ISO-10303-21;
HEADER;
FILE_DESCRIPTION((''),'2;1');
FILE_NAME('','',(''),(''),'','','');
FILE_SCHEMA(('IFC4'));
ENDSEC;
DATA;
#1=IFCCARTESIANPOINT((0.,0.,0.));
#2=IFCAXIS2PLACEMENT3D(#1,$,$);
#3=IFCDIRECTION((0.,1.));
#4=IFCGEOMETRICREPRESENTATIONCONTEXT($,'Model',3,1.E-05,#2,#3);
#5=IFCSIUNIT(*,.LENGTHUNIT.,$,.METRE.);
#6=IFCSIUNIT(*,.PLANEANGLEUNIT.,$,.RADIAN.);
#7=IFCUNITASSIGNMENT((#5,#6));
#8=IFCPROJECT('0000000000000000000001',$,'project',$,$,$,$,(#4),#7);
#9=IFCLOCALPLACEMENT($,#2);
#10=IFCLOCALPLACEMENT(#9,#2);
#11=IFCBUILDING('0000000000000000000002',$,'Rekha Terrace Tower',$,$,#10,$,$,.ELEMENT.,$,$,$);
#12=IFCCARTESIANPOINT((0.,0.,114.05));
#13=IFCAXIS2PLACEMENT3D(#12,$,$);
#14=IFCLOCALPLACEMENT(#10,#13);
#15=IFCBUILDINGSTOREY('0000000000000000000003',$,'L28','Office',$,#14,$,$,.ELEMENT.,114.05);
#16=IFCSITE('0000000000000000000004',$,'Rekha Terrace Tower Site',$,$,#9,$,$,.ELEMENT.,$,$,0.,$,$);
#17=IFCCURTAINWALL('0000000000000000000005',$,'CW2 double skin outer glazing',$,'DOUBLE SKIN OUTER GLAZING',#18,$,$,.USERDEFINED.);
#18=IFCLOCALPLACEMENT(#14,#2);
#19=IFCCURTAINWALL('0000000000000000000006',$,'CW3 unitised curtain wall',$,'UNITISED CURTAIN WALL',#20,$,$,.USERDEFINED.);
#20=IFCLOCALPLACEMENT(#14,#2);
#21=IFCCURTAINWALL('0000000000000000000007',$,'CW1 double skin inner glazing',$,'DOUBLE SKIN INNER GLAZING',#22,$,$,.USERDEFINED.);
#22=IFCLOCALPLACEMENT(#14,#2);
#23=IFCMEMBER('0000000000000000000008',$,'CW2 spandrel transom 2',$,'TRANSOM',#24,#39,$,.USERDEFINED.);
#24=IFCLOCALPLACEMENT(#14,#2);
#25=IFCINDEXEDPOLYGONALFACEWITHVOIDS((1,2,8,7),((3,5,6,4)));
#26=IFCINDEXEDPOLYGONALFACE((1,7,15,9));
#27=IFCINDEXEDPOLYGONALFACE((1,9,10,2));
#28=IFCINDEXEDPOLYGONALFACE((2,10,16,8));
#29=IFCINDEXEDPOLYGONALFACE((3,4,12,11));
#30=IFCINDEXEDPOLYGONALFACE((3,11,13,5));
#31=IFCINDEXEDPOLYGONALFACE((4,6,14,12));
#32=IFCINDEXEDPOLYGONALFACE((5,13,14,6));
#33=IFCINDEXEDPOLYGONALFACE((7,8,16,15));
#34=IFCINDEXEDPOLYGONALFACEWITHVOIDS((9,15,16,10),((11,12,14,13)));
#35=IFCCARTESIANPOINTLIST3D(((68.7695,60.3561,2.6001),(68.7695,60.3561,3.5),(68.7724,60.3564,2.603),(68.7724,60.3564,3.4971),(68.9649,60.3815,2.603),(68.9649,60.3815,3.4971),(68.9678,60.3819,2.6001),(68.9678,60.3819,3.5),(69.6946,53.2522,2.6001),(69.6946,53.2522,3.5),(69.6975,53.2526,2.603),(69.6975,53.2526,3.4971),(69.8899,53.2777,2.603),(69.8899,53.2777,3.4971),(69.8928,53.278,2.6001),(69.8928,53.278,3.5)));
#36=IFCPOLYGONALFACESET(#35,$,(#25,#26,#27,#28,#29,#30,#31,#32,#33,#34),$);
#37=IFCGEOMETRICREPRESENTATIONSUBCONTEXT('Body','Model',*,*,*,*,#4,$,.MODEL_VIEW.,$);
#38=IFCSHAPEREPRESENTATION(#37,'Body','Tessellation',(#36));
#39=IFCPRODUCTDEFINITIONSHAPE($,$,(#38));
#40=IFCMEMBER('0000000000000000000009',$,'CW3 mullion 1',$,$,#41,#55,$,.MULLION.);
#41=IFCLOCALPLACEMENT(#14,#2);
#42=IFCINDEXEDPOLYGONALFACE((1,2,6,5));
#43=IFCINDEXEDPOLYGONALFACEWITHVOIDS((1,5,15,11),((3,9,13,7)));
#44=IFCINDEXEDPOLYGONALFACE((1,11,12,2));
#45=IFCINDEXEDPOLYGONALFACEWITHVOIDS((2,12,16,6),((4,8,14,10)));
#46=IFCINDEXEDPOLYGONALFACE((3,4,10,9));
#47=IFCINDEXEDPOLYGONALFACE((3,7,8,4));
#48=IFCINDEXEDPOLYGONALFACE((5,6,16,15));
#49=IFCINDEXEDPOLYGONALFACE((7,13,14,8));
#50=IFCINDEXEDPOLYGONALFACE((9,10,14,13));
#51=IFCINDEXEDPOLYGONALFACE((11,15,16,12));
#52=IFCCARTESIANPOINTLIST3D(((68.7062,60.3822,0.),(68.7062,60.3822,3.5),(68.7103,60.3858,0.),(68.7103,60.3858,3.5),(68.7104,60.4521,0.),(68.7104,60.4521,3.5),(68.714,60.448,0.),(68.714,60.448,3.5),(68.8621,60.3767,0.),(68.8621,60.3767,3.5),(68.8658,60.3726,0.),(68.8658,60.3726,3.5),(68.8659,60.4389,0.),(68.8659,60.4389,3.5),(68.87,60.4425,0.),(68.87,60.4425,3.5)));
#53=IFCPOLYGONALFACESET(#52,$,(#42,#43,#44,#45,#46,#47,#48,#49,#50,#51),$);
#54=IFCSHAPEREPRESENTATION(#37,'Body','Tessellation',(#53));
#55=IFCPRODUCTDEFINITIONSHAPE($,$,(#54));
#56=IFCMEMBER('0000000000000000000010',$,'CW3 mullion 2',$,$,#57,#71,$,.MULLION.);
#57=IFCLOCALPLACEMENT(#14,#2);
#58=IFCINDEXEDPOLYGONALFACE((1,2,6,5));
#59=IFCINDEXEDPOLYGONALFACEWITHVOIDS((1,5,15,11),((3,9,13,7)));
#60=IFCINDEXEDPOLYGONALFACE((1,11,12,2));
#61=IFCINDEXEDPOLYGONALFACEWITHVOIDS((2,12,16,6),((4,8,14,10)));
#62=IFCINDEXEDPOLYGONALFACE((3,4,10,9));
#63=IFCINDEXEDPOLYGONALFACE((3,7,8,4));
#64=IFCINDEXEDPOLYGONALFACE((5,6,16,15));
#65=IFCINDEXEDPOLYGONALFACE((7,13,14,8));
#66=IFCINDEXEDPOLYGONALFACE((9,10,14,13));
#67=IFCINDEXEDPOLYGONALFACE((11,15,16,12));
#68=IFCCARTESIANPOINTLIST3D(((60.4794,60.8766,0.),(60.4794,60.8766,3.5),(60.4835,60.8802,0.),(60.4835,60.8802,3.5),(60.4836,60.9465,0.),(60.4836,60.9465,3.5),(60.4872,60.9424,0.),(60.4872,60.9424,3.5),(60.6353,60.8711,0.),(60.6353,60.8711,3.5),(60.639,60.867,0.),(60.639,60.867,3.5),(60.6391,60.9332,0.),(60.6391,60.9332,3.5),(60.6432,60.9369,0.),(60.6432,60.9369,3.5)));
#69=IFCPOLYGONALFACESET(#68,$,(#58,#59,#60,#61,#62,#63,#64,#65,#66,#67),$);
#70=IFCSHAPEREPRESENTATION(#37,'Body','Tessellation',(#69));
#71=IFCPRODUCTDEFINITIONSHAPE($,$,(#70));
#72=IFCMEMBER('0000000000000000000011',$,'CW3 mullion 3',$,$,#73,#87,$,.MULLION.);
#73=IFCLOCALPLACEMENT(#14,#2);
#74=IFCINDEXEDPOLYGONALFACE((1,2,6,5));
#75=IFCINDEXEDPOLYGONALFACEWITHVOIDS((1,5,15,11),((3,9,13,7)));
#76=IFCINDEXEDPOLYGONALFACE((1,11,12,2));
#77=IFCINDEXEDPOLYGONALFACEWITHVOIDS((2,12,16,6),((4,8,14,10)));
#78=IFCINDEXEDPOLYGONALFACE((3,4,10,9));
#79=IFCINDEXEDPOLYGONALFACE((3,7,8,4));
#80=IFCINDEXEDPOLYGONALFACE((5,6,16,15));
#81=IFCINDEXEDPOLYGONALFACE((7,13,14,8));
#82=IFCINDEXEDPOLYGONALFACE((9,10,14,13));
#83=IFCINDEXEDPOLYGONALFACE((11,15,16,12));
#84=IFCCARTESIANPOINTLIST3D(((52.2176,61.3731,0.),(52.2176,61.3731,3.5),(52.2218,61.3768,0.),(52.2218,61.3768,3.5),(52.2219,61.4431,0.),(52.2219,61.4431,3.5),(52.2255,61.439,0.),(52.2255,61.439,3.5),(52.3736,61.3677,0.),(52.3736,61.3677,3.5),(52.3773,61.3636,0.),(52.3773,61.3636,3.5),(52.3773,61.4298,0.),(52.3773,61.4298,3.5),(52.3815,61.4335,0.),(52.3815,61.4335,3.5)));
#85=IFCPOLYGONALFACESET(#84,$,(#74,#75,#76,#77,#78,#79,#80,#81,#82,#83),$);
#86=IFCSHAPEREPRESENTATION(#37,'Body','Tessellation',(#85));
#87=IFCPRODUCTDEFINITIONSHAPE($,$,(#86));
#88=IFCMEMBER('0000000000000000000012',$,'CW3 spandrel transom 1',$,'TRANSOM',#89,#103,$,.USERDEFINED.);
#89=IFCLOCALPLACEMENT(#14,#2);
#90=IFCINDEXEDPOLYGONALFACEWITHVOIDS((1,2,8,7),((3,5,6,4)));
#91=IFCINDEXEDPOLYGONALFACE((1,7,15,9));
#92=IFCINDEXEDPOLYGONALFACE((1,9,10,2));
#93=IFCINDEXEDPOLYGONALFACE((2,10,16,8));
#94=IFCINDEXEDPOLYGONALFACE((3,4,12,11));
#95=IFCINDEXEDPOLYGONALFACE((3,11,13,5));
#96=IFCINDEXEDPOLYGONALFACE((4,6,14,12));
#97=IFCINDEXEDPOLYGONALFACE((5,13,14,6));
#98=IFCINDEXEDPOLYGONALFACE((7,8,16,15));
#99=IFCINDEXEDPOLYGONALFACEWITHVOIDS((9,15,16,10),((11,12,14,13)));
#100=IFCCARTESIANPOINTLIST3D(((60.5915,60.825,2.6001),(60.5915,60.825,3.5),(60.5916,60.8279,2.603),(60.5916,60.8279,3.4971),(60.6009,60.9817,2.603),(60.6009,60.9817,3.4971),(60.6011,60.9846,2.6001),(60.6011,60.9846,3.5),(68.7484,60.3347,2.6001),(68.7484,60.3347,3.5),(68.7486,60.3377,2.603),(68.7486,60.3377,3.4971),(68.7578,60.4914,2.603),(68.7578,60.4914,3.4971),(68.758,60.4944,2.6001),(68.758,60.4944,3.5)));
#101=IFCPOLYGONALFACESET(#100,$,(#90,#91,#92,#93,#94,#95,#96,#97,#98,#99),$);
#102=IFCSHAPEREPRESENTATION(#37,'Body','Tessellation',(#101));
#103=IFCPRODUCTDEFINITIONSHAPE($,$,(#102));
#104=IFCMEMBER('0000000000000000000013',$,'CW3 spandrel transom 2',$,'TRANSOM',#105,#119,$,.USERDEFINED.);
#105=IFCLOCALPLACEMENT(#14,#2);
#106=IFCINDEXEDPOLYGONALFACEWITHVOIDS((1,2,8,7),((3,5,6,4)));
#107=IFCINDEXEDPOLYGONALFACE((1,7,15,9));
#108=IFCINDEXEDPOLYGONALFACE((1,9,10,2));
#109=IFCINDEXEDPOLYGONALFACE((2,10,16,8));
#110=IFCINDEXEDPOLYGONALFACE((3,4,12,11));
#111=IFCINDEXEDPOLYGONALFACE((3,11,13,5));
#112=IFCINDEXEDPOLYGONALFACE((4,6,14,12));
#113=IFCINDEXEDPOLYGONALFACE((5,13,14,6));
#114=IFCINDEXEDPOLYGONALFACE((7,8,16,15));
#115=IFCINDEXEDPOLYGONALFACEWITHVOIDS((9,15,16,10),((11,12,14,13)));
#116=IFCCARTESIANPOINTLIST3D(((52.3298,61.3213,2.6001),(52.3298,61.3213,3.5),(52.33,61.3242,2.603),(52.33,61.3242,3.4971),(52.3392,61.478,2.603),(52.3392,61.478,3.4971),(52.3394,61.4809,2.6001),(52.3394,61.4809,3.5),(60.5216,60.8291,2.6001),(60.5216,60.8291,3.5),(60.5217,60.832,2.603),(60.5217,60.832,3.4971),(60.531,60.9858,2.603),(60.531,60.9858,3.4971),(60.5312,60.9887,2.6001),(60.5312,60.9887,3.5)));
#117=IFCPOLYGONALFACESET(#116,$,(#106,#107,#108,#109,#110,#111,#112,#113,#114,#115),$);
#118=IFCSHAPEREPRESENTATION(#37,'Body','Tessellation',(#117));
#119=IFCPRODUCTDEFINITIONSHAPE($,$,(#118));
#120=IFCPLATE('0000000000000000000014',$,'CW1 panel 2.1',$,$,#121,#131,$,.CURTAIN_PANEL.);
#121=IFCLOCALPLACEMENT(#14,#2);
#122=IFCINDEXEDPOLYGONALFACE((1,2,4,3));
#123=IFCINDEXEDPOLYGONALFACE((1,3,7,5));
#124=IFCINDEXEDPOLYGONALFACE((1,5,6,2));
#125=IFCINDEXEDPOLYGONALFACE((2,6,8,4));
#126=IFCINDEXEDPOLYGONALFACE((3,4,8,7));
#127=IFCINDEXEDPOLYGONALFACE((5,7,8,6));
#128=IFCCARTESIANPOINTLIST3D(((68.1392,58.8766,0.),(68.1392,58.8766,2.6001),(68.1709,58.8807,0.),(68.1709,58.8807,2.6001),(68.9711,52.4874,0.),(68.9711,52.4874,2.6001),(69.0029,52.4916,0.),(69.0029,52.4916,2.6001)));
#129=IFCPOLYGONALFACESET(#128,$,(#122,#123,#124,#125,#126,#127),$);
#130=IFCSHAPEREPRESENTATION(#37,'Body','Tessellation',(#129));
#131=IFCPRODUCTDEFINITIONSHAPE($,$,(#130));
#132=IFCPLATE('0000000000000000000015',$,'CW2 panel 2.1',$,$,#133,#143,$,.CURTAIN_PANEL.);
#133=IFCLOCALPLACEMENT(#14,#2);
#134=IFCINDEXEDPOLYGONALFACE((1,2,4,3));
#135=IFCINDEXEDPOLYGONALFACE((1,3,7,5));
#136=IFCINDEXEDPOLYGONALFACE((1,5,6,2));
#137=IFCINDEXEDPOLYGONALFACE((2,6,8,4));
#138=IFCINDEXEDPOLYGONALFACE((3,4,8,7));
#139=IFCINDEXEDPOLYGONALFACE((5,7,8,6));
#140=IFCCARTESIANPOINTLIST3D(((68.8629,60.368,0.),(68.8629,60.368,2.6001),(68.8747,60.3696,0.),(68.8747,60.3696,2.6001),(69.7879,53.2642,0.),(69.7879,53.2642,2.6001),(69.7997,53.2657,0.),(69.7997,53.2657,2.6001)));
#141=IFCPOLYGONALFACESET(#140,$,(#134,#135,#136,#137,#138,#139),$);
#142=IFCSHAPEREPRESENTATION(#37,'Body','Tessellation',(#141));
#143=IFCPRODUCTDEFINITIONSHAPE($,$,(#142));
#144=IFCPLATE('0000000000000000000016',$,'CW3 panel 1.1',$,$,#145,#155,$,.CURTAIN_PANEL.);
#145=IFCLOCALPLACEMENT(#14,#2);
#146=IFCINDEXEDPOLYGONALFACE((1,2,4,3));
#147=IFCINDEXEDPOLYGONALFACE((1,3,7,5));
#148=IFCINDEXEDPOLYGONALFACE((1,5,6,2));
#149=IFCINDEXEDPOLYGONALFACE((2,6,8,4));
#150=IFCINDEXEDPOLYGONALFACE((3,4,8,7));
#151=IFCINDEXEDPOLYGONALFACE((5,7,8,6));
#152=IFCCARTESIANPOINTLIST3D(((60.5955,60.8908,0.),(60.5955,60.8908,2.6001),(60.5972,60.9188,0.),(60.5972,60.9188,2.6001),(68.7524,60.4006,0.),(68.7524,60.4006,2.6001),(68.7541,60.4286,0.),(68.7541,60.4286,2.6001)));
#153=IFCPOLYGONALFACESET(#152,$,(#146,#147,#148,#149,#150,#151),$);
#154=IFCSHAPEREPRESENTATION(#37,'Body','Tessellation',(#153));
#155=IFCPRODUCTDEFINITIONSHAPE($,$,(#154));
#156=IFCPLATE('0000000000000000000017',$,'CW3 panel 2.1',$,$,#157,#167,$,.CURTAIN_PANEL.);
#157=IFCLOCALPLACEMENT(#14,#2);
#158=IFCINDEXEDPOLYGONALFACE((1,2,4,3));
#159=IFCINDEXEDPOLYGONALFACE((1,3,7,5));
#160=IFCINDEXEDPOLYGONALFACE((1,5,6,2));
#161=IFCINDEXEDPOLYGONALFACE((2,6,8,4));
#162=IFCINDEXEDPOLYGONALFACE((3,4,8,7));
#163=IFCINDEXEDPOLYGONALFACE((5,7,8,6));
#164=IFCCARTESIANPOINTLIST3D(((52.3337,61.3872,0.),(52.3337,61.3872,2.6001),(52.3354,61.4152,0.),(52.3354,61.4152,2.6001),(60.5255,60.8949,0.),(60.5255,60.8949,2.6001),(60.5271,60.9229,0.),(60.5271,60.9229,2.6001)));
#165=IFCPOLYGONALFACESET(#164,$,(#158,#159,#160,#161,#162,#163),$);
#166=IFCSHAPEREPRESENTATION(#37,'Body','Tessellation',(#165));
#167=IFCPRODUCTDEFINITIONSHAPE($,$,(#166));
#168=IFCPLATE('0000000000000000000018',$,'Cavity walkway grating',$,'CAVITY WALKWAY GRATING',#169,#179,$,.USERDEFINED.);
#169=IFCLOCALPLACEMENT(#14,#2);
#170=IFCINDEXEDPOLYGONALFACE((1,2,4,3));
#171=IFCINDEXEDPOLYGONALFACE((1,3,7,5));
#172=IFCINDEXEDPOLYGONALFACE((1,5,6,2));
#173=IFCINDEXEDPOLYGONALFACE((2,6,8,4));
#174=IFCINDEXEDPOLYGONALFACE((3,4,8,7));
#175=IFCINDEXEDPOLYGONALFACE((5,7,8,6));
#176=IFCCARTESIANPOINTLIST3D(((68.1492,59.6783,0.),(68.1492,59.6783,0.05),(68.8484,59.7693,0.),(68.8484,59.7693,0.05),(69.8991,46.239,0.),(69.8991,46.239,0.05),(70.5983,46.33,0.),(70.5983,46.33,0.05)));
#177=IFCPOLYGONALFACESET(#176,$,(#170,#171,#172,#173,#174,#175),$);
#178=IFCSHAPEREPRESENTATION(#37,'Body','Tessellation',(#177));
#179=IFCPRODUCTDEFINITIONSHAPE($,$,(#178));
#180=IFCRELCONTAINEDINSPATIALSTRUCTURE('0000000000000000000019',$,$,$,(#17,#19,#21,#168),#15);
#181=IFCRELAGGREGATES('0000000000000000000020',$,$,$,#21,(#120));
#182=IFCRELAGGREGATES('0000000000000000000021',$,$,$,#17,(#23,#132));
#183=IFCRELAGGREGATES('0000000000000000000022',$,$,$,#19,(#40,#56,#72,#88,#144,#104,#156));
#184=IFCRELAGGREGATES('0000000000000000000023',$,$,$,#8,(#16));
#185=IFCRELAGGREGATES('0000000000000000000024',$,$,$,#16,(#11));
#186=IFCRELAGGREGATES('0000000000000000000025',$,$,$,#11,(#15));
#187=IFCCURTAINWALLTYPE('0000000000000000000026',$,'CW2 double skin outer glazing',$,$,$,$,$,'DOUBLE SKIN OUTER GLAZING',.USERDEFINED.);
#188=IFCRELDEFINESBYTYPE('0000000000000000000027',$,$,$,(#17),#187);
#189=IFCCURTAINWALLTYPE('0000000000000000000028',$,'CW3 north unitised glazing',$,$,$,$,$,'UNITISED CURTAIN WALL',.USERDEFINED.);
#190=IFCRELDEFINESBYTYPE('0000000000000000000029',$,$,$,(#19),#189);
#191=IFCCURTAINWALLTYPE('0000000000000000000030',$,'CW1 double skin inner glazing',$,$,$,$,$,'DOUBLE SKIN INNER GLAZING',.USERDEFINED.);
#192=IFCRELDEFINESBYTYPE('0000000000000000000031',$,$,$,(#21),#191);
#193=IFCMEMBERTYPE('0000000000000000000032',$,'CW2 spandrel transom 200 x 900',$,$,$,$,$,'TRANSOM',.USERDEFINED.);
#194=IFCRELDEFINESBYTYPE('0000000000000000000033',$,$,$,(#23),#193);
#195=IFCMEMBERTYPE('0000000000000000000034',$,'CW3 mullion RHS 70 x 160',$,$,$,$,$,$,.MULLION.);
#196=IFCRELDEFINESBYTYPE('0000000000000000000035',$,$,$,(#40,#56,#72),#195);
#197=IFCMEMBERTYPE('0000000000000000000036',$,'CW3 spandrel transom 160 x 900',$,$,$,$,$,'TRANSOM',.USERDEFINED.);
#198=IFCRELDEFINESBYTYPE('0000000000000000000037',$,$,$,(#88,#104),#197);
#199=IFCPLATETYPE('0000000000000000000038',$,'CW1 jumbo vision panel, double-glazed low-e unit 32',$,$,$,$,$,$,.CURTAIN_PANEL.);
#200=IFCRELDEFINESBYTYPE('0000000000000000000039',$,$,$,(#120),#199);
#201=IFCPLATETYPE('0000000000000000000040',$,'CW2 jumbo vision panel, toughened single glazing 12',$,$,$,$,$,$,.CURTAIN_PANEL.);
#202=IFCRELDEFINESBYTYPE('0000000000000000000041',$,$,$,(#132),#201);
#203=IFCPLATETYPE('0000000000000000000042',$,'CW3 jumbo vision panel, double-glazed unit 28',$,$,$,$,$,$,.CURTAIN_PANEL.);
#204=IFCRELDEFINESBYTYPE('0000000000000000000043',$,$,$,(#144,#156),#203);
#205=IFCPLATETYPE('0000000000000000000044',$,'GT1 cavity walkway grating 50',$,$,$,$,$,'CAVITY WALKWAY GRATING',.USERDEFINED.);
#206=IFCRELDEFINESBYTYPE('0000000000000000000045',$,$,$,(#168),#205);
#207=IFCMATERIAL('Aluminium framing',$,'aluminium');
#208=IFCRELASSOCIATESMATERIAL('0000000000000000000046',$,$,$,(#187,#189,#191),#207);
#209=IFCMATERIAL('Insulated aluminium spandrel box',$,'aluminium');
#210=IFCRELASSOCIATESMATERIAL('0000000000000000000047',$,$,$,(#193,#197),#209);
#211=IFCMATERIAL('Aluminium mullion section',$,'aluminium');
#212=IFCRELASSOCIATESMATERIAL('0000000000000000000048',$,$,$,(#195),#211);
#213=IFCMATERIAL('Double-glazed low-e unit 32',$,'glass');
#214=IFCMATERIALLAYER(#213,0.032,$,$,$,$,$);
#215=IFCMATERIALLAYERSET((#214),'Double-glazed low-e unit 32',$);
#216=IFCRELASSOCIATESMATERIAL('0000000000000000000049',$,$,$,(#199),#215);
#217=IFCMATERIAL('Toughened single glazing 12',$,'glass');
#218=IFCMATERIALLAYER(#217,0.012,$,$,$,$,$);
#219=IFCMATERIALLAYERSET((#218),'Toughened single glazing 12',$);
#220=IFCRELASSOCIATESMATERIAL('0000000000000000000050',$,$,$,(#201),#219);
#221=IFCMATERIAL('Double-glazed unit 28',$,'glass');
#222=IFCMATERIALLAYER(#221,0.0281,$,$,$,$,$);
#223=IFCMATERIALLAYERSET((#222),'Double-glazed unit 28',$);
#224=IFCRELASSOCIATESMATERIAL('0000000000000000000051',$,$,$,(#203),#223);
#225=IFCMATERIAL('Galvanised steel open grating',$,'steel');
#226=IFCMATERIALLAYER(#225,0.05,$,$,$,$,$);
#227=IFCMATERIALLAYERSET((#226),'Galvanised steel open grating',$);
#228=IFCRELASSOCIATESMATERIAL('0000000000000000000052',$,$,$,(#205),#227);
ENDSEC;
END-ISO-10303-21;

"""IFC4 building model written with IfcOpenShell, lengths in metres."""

from ifc_helpers import new_model, si_unit, direction, frame, origin, origin_2d, place, context, subcontext, project, spatial, rectangle, hollow_rectangle, extrude, material, layer, layer_set, material_profile, profile_set, type_object, element, aggregate, save


model = new_model("IFC4")

# Units and contexts
model_context = context("Model", 3, precision=1e-05, world=origin(), true_north=direction((0.0, 1.0)))
body_context = subcontext(model_context, "Body", "Model", "MODEL_VIEW")
ifc_project = project(units=[si_unit("LENGTHUNIT", "METRE"), si_unit("PLANEANGLEUNIT", "RADIAN")], contexts=[model_context])

# Site, building, storey
site_placement = place(None, origin())
site = spatial("IfcSite", under=ifc_project, at=site_placement, Name="Rekha Terrace Tower Site", CompositionType="ELEMENT", RefElevation=0.0)
building_placement = place(site_placement, origin())
building = spatial("IfcBuilding", under=site, at=building_placement, Name="Rekha Terrace Tower", CompositionType="ELEMENT")
storey_placement = place(building_placement, frame((0.0, 0.0, 114.05)))
storey = spatial("IfcBuildingStorey", under=building, at=storey_placement, Name="L28", Description="Office", CompositionType="ELEMENT", Elevation=114.05)

# Curtain wall
ifc_material_1 = material(Name="Aluminium framing", Category="aluminium")
curtain_wall_type_1 = type_object("IfcCurtainWallType", Name="CW2 double skin outer glazing", ElementType="DOUBLE SKIN OUTER GLAZING", PredefinedType="USERDEFINED", material=ifc_material_1)
curtain_wall_1_placement = place(storey_placement, origin())
curtain_wall_1 = element("IfcCurtainWall", 1, at=curtain_wall_1_placement, inside=storey, type_object=curtain_wall_type_1, Name="CW2 double skin outer glazing", ObjectType="DOUBLE SKIN OUTER GLAZING", PredefinedType="USERDEFINED")

# Curtain walls
curtain_wall_type_2 = type_object("IfcCurtainWallType", Name="CW3 north unitised glazing", ElementType="UNITISED CURTAIN WALL", PredefinedType="USERDEFINED", material=ifc_material_1)
curtain_wall_2_placement = place(storey_placement, origin())
curtain_wall_2 = element("IfcCurtainWall", 2, at=curtain_wall_2_placement, inside=storey, type_object=curtain_wall_type_2, Name="CW3 unitised curtain wall", ObjectType="UNITISED CURTAIN WALL", PredefinedType="USERDEFINED")
curtain_wall_type_3 = type_object("IfcCurtainWallType", Name="CW1 double skin inner glazing", ElementType="DOUBLE SKIN INNER GLAZING", PredefinedType="USERDEFINED", material=ifc_material_1)
curtain_wall_3_placement = place(storey_placement, origin())
curtain_wall_3 = element("IfcCurtainWall", 3, at=curtain_wall_3_placement, inside=storey, type_object=curtain_wall_type_3, Name="CW1 double skin inner glazing", ObjectType="DOUBLE SKIN INNER GLAZING", PredefinedType="USERDEFINED")
ifc_material_2 = material(Name="Aluminium mullion section", Category="aluminium")
ifc_material_3 = material(Name="Insulated aluminium spandrel box", Category="aluminium")

# Members
ifc_material_profile_1 = material_profile(ifc_material_3, hollow_rectangle(XDim=0.2, YDim=0.8999, WallThickness=0.0029, at=origin_2d()), Name="AL SPANDREL BOX 200x900")
ifc_profile_set_1 = profile_set([ifc_material_profile_1], Name="Insulated aluminium spandrel box")
member_type_1 = type_object("IfcMemberType", Name="CW2 spandrel transom 200 x 900", ElementType="TRANSOM", PredefinedType="USERDEFINED", material=ifc_profile_set_1)
member_1_placement = place(storey_placement, frame((69.7937, 53.2651, 3.05), z_axis=(-0.129129, 0.991628, 0.0), x_axis=(-0.991628, -0.129129, 0.0)))
member_1 = element("IfcMember", 4, at=member_1_placement, type_object=member_type_1, Name="CW2 spandrel transom 2", ObjectType="TRANSOM", PredefinedType="USERDEFINED", context=body_context, shape_type="SweptSolid", body=[
    extrude(hollow_rectangle(XDim=0.2, YDim=0.8999, WallThickness=0.0029, at=origin_2d()), origin(), (0.0, 0.0, 1.0), 7.1638),
])
ifc_material_profile_2 = material_profile(ifc_material_2, hollow_rectangle(XDim=0.0701, YDim=0.1599, WallThickness=0.0039, at=origin_2d()), Name="AL RHS 70x160")
ifc_profile_set_2 = profile_set([ifc_material_profile_2], Name="Aluminium mullion section")
member_type_2 = type_object("IfcMemberType", Name="CW3 mullion RHS 70 x 160", PredefinedType="MULLION", material=ifc_profile_set_2)
member_2_placement = place(storey_placement, frame((68.7881, 60.4124, 0.0), z_axis=(0.0, 0.0, 1.0), x_axis=(-0.059988, -0.998199, 0.0)))
member_2 = element("IfcMember", 5, at=member_2_placement, type_object=member_type_2, Name="CW3 mullion 1", PredefinedType="MULLION", context=body_context, shape_type="SweptSolid", body=[
    extrude(hollow_rectangle(XDim=0.0701, YDim=0.1599, WallThickness=0.0039, at=origin_2d()), origin(), (0.0, 0.0, 1.0), 3.5),
])
member_3_placement = place(storey_placement, frame((60.5613, 60.9067, 0.0), z_axis=(0.0, 0.0, 1.0), x_axis=(-0.059988, -0.998199, 0.0)))
member_3 = element("IfcMember", 6, at=member_3_placement, type_object=member_type_2, Name="CW3 mullion 2", PredefinedType="MULLION", context=body_context, shape_type="SweptSolid", body=[
    extrude(hollow_rectangle(XDim=0.0701, YDim=0.1599, WallThickness=0.0039, at=origin_2d()), origin(), (0.0, 0.0, 1.0), 3.5),
])
member_4_placement = place(storey_placement, frame((52.2996, 61.4033, 0.0), z_axis=(0.0, 0.0, 1.0), x_axis=(-0.059988, -0.998199, 0.0)))
member_4 = element("IfcMember", 7, at=member_4_placement, type_object=member_type_2, Name="CW3 mullion 3", PredefinedType="MULLION", context=body_context, shape_type="SweptSolid", body=[
    extrude(hollow_rectangle(XDim=0.0701, YDim=0.1599, WallThickness=0.0039, at=origin_2d()), origin(), (0.0, 0.0, 1.0), 3.5),
])
ifc_material_profile_3 = material_profile(ifc_material_3, hollow_rectangle(XDim=0.1599, YDim=0.8999, WallThickness=0.0029, at=origin_2d()), Name="AL SPANDREL BOX 160x900")
ifc_profile_set_3 = profile_set([ifc_material_profile_3], Name="Insulated aluminium spandrel box")
member_type_3 = type_object("IfcMemberType", Name="CW3 spandrel transom 160 x 900", ElementType="TRANSOM", PredefinedType="USERDEFINED", material=ifc_profile_set_3)
member_5_placement = place(storey_placement, frame((68.7532, 60.4146, 3.05), z_axis=(-0.998199, 0.059992, 0.0), x_axis=(-0.059992, -0.998199, 0.0)))
member_5 = element("IfcMember", 8, at=member_5_placement, type_object=member_type_3, Name="CW3 spandrel transom 1", ObjectType="TRANSOM", PredefinedType="USERDEFINED", context=body_context, shape_type="SweptSolid", body=[
    extrude(hollow_rectangle(XDim=0.1599, YDim=0.8999, WallThickness=0.0029, at=origin_2d()), origin(), (0.0, 0.0, 1.0), 8.1716),
])
member_6_placement = place(storey_placement, frame((60.5264, 60.9089, 3.05), z_axis=(-0.9982, 0.059976, 0.0), x_axis=(-0.059976, -0.9982, 0.0)))
member_6 = element("IfcMember", 9, at=member_6_placement, type_object=member_type_3, Name="CW3 spandrel transom 2", ObjectType="TRANSOM", PredefinedType="USERDEFINED", context=body_context, shape_type="SweptSolid", body=[
    extrude(hollow_rectangle(XDim=0.1599, YDim=0.8999, WallThickness=0.0029, at=origin_2d()), origin(), (0.0, 0.0, 1.0), 8.2065),
])

# Plates
ifc_material_4 = material(Name="Double-glazed low-e unit 32", Category="glass")
ifc_layer_1 = layer(ifc_material_4, 0.032)
ifc_layer_set_1 = layer_set([ifc_layer_1], Name="Double-glazed low-e unit 32")
plate_type_1 = type_object("IfcPlateType", Name="CW1 jumbo vision panel, double-glazed low-e unit 32", PredefinedType="CURTAIN_PANEL", material=ifc_layer_set_1)
plate_1_placement = place(storey_placement, frame((68.571, 55.6841, 0.0), z_axis=(0.0, 0.0, 1.0), x_axis=(-0.129118, 0.991629, 0.0)))
plate_1 = element("IfcPlate", 10, at=plate_1_placement, type_object=plate_type_1, Name="CW1 panel 2.1", PredefinedType="CURTAIN_PANEL", context=body_context, shape_type="SweptSolid", body=[
    extrude(rectangle(XDim=6.4431, YDim=0.032, at=origin_2d()), origin(), (0.0, 0.0, 1.0), 2.6001),
])
aggregate(curtain_wall_3, [plate_1])
ifc_material_5 = material(Name="Toughened single glazing 12", Category="glass")
ifc_layer_2 = layer(ifc_material_5, 0.012)
ifc_layer_set_2 = layer_set([ifc_layer_2], Name="Toughened single glazing 12")
plate_type_2 = type_object("IfcPlateType", Name="CW2 jumbo vision panel, toughened single glazing 12", PredefinedType="CURTAIN_PANEL", material=ifc_layer_set_2)
plate_2_placement = place(storey_placement, frame((69.3313, 56.8169, 0.0), z_axis=(0.0, 0.0, 1.0), x_axis=(-0.129118, 0.991629, 0.0)))
plate_2 = element("IfcPlate", 11, at=plate_2_placement, type_object=plate_type_2, Name="CW2 panel 2.1", PredefinedType="CURTAIN_PANEL", context=body_context, shape_type="SweptSolid", body=[
    extrude(rectangle(XDim=7.1638, YDim=0.012, at=origin_2d()), origin(), (0.0, 0.0, 1.0), 2.6001),
])
aggregate(curtain_wall_1, [member_1, plate_2])
ifc_material_6 = material(Name="Double-glazed unit 28", Category="glass")
ifc_layer_3 = layer(ifc_material_6, 0.0281)
ifc_layer_set_3 = layer_set([ifc_layer_3], Name="Double-glazed unit 28")
plate_type_3 = type_object("IfcPlateType", Name="CW3 jumbo vision panel, double-glazed unit 28", PredefinedType="CURTAIN_PANEL", material=ifc_layer_set_3)
plate_3_placement = place(storey_placement, frame((64.6748, 60.6597, 0.0), z_axis=(0.0, 0.0, 1.0), x_axis=(-0.998199, 0.059988, 0.0)))
plate_3 = element("IfcPlate", 12, at=plate_3_placement, type_object=plate_type_3, Name="CW3 panel 1.1", PredefinedType="CURTAIN_PANEL", context=body_context, shape_type="SweptSolid", body=[
    extrude(rectangle(XDim=8.1716, YDim=0.0281, at=origin_2d()), origin(), (0.0, 0.0, 1.0), 2.6001),
])
plate_4_placement = place(storey_placement, frame((56.4304, 61.155, 0.0), z_axis=(0.0, 0.0, 1.0), x_axis=(-0.998199, 0.059988, 0.0)))
plate_4 = element("IfcPlate", 13, at=plate_4_placement, type_object=plate_type_3, Name="CW3 panel 2.1", PredefinedType="CURTAIN_PANEL", context=body_context, shape_type="SweptSolid", body=[
    extrude(rectangle(XDim=8.2065, YDim=0.0281, at=origin_2d()), origin(), (0.0, 0.0, 1.0), 2.6001),
])
aggregate(curtain_wall_2, [member_2, member_3, member_4, member_5, plate_3, member_6, plate_4])
ifc_material_7 = material(Name="Galvanised steel open grating", Category="steel")
ifc_layer_4 = layer(ifc_material_7, 0.05)
ifc_layer_set_4 = layer_set([ifc_layer_4], Name="Galvanised steel open grating")
plate_type_4 = type_object("IfcPlateType", Name="GT1 cavity walkway grating 50", ElementType="CAVITY WALKWAY GRATING", PredefinedType="USERDEFINED", material=ifc_layer_set_4)
plate_5_placement = place(storey_placement, frame((69.3738, 53.0042, 0.0), z_axis=(0.0, 0.0, 1.0), x_axis=(-0.129118, 0.991629, 0.0)))
element("IfcPlate", 14, at=plate_5_placement, inside=storey, type_object=plate_type_4, Name="Cavity walkway grating", ObjectType="CAVITY WALKWAY GRATING", PredefinedType="USERDEFINED", context=body_context, shape_type="SweptSolid", body=[
    extrude(rectangle(XDim=13.5527, YDim=0.7051, at=origin_2d()), origin(), (0.0, 0.0, 1.0), 0.05),
])

save(model, "model.ifc")
